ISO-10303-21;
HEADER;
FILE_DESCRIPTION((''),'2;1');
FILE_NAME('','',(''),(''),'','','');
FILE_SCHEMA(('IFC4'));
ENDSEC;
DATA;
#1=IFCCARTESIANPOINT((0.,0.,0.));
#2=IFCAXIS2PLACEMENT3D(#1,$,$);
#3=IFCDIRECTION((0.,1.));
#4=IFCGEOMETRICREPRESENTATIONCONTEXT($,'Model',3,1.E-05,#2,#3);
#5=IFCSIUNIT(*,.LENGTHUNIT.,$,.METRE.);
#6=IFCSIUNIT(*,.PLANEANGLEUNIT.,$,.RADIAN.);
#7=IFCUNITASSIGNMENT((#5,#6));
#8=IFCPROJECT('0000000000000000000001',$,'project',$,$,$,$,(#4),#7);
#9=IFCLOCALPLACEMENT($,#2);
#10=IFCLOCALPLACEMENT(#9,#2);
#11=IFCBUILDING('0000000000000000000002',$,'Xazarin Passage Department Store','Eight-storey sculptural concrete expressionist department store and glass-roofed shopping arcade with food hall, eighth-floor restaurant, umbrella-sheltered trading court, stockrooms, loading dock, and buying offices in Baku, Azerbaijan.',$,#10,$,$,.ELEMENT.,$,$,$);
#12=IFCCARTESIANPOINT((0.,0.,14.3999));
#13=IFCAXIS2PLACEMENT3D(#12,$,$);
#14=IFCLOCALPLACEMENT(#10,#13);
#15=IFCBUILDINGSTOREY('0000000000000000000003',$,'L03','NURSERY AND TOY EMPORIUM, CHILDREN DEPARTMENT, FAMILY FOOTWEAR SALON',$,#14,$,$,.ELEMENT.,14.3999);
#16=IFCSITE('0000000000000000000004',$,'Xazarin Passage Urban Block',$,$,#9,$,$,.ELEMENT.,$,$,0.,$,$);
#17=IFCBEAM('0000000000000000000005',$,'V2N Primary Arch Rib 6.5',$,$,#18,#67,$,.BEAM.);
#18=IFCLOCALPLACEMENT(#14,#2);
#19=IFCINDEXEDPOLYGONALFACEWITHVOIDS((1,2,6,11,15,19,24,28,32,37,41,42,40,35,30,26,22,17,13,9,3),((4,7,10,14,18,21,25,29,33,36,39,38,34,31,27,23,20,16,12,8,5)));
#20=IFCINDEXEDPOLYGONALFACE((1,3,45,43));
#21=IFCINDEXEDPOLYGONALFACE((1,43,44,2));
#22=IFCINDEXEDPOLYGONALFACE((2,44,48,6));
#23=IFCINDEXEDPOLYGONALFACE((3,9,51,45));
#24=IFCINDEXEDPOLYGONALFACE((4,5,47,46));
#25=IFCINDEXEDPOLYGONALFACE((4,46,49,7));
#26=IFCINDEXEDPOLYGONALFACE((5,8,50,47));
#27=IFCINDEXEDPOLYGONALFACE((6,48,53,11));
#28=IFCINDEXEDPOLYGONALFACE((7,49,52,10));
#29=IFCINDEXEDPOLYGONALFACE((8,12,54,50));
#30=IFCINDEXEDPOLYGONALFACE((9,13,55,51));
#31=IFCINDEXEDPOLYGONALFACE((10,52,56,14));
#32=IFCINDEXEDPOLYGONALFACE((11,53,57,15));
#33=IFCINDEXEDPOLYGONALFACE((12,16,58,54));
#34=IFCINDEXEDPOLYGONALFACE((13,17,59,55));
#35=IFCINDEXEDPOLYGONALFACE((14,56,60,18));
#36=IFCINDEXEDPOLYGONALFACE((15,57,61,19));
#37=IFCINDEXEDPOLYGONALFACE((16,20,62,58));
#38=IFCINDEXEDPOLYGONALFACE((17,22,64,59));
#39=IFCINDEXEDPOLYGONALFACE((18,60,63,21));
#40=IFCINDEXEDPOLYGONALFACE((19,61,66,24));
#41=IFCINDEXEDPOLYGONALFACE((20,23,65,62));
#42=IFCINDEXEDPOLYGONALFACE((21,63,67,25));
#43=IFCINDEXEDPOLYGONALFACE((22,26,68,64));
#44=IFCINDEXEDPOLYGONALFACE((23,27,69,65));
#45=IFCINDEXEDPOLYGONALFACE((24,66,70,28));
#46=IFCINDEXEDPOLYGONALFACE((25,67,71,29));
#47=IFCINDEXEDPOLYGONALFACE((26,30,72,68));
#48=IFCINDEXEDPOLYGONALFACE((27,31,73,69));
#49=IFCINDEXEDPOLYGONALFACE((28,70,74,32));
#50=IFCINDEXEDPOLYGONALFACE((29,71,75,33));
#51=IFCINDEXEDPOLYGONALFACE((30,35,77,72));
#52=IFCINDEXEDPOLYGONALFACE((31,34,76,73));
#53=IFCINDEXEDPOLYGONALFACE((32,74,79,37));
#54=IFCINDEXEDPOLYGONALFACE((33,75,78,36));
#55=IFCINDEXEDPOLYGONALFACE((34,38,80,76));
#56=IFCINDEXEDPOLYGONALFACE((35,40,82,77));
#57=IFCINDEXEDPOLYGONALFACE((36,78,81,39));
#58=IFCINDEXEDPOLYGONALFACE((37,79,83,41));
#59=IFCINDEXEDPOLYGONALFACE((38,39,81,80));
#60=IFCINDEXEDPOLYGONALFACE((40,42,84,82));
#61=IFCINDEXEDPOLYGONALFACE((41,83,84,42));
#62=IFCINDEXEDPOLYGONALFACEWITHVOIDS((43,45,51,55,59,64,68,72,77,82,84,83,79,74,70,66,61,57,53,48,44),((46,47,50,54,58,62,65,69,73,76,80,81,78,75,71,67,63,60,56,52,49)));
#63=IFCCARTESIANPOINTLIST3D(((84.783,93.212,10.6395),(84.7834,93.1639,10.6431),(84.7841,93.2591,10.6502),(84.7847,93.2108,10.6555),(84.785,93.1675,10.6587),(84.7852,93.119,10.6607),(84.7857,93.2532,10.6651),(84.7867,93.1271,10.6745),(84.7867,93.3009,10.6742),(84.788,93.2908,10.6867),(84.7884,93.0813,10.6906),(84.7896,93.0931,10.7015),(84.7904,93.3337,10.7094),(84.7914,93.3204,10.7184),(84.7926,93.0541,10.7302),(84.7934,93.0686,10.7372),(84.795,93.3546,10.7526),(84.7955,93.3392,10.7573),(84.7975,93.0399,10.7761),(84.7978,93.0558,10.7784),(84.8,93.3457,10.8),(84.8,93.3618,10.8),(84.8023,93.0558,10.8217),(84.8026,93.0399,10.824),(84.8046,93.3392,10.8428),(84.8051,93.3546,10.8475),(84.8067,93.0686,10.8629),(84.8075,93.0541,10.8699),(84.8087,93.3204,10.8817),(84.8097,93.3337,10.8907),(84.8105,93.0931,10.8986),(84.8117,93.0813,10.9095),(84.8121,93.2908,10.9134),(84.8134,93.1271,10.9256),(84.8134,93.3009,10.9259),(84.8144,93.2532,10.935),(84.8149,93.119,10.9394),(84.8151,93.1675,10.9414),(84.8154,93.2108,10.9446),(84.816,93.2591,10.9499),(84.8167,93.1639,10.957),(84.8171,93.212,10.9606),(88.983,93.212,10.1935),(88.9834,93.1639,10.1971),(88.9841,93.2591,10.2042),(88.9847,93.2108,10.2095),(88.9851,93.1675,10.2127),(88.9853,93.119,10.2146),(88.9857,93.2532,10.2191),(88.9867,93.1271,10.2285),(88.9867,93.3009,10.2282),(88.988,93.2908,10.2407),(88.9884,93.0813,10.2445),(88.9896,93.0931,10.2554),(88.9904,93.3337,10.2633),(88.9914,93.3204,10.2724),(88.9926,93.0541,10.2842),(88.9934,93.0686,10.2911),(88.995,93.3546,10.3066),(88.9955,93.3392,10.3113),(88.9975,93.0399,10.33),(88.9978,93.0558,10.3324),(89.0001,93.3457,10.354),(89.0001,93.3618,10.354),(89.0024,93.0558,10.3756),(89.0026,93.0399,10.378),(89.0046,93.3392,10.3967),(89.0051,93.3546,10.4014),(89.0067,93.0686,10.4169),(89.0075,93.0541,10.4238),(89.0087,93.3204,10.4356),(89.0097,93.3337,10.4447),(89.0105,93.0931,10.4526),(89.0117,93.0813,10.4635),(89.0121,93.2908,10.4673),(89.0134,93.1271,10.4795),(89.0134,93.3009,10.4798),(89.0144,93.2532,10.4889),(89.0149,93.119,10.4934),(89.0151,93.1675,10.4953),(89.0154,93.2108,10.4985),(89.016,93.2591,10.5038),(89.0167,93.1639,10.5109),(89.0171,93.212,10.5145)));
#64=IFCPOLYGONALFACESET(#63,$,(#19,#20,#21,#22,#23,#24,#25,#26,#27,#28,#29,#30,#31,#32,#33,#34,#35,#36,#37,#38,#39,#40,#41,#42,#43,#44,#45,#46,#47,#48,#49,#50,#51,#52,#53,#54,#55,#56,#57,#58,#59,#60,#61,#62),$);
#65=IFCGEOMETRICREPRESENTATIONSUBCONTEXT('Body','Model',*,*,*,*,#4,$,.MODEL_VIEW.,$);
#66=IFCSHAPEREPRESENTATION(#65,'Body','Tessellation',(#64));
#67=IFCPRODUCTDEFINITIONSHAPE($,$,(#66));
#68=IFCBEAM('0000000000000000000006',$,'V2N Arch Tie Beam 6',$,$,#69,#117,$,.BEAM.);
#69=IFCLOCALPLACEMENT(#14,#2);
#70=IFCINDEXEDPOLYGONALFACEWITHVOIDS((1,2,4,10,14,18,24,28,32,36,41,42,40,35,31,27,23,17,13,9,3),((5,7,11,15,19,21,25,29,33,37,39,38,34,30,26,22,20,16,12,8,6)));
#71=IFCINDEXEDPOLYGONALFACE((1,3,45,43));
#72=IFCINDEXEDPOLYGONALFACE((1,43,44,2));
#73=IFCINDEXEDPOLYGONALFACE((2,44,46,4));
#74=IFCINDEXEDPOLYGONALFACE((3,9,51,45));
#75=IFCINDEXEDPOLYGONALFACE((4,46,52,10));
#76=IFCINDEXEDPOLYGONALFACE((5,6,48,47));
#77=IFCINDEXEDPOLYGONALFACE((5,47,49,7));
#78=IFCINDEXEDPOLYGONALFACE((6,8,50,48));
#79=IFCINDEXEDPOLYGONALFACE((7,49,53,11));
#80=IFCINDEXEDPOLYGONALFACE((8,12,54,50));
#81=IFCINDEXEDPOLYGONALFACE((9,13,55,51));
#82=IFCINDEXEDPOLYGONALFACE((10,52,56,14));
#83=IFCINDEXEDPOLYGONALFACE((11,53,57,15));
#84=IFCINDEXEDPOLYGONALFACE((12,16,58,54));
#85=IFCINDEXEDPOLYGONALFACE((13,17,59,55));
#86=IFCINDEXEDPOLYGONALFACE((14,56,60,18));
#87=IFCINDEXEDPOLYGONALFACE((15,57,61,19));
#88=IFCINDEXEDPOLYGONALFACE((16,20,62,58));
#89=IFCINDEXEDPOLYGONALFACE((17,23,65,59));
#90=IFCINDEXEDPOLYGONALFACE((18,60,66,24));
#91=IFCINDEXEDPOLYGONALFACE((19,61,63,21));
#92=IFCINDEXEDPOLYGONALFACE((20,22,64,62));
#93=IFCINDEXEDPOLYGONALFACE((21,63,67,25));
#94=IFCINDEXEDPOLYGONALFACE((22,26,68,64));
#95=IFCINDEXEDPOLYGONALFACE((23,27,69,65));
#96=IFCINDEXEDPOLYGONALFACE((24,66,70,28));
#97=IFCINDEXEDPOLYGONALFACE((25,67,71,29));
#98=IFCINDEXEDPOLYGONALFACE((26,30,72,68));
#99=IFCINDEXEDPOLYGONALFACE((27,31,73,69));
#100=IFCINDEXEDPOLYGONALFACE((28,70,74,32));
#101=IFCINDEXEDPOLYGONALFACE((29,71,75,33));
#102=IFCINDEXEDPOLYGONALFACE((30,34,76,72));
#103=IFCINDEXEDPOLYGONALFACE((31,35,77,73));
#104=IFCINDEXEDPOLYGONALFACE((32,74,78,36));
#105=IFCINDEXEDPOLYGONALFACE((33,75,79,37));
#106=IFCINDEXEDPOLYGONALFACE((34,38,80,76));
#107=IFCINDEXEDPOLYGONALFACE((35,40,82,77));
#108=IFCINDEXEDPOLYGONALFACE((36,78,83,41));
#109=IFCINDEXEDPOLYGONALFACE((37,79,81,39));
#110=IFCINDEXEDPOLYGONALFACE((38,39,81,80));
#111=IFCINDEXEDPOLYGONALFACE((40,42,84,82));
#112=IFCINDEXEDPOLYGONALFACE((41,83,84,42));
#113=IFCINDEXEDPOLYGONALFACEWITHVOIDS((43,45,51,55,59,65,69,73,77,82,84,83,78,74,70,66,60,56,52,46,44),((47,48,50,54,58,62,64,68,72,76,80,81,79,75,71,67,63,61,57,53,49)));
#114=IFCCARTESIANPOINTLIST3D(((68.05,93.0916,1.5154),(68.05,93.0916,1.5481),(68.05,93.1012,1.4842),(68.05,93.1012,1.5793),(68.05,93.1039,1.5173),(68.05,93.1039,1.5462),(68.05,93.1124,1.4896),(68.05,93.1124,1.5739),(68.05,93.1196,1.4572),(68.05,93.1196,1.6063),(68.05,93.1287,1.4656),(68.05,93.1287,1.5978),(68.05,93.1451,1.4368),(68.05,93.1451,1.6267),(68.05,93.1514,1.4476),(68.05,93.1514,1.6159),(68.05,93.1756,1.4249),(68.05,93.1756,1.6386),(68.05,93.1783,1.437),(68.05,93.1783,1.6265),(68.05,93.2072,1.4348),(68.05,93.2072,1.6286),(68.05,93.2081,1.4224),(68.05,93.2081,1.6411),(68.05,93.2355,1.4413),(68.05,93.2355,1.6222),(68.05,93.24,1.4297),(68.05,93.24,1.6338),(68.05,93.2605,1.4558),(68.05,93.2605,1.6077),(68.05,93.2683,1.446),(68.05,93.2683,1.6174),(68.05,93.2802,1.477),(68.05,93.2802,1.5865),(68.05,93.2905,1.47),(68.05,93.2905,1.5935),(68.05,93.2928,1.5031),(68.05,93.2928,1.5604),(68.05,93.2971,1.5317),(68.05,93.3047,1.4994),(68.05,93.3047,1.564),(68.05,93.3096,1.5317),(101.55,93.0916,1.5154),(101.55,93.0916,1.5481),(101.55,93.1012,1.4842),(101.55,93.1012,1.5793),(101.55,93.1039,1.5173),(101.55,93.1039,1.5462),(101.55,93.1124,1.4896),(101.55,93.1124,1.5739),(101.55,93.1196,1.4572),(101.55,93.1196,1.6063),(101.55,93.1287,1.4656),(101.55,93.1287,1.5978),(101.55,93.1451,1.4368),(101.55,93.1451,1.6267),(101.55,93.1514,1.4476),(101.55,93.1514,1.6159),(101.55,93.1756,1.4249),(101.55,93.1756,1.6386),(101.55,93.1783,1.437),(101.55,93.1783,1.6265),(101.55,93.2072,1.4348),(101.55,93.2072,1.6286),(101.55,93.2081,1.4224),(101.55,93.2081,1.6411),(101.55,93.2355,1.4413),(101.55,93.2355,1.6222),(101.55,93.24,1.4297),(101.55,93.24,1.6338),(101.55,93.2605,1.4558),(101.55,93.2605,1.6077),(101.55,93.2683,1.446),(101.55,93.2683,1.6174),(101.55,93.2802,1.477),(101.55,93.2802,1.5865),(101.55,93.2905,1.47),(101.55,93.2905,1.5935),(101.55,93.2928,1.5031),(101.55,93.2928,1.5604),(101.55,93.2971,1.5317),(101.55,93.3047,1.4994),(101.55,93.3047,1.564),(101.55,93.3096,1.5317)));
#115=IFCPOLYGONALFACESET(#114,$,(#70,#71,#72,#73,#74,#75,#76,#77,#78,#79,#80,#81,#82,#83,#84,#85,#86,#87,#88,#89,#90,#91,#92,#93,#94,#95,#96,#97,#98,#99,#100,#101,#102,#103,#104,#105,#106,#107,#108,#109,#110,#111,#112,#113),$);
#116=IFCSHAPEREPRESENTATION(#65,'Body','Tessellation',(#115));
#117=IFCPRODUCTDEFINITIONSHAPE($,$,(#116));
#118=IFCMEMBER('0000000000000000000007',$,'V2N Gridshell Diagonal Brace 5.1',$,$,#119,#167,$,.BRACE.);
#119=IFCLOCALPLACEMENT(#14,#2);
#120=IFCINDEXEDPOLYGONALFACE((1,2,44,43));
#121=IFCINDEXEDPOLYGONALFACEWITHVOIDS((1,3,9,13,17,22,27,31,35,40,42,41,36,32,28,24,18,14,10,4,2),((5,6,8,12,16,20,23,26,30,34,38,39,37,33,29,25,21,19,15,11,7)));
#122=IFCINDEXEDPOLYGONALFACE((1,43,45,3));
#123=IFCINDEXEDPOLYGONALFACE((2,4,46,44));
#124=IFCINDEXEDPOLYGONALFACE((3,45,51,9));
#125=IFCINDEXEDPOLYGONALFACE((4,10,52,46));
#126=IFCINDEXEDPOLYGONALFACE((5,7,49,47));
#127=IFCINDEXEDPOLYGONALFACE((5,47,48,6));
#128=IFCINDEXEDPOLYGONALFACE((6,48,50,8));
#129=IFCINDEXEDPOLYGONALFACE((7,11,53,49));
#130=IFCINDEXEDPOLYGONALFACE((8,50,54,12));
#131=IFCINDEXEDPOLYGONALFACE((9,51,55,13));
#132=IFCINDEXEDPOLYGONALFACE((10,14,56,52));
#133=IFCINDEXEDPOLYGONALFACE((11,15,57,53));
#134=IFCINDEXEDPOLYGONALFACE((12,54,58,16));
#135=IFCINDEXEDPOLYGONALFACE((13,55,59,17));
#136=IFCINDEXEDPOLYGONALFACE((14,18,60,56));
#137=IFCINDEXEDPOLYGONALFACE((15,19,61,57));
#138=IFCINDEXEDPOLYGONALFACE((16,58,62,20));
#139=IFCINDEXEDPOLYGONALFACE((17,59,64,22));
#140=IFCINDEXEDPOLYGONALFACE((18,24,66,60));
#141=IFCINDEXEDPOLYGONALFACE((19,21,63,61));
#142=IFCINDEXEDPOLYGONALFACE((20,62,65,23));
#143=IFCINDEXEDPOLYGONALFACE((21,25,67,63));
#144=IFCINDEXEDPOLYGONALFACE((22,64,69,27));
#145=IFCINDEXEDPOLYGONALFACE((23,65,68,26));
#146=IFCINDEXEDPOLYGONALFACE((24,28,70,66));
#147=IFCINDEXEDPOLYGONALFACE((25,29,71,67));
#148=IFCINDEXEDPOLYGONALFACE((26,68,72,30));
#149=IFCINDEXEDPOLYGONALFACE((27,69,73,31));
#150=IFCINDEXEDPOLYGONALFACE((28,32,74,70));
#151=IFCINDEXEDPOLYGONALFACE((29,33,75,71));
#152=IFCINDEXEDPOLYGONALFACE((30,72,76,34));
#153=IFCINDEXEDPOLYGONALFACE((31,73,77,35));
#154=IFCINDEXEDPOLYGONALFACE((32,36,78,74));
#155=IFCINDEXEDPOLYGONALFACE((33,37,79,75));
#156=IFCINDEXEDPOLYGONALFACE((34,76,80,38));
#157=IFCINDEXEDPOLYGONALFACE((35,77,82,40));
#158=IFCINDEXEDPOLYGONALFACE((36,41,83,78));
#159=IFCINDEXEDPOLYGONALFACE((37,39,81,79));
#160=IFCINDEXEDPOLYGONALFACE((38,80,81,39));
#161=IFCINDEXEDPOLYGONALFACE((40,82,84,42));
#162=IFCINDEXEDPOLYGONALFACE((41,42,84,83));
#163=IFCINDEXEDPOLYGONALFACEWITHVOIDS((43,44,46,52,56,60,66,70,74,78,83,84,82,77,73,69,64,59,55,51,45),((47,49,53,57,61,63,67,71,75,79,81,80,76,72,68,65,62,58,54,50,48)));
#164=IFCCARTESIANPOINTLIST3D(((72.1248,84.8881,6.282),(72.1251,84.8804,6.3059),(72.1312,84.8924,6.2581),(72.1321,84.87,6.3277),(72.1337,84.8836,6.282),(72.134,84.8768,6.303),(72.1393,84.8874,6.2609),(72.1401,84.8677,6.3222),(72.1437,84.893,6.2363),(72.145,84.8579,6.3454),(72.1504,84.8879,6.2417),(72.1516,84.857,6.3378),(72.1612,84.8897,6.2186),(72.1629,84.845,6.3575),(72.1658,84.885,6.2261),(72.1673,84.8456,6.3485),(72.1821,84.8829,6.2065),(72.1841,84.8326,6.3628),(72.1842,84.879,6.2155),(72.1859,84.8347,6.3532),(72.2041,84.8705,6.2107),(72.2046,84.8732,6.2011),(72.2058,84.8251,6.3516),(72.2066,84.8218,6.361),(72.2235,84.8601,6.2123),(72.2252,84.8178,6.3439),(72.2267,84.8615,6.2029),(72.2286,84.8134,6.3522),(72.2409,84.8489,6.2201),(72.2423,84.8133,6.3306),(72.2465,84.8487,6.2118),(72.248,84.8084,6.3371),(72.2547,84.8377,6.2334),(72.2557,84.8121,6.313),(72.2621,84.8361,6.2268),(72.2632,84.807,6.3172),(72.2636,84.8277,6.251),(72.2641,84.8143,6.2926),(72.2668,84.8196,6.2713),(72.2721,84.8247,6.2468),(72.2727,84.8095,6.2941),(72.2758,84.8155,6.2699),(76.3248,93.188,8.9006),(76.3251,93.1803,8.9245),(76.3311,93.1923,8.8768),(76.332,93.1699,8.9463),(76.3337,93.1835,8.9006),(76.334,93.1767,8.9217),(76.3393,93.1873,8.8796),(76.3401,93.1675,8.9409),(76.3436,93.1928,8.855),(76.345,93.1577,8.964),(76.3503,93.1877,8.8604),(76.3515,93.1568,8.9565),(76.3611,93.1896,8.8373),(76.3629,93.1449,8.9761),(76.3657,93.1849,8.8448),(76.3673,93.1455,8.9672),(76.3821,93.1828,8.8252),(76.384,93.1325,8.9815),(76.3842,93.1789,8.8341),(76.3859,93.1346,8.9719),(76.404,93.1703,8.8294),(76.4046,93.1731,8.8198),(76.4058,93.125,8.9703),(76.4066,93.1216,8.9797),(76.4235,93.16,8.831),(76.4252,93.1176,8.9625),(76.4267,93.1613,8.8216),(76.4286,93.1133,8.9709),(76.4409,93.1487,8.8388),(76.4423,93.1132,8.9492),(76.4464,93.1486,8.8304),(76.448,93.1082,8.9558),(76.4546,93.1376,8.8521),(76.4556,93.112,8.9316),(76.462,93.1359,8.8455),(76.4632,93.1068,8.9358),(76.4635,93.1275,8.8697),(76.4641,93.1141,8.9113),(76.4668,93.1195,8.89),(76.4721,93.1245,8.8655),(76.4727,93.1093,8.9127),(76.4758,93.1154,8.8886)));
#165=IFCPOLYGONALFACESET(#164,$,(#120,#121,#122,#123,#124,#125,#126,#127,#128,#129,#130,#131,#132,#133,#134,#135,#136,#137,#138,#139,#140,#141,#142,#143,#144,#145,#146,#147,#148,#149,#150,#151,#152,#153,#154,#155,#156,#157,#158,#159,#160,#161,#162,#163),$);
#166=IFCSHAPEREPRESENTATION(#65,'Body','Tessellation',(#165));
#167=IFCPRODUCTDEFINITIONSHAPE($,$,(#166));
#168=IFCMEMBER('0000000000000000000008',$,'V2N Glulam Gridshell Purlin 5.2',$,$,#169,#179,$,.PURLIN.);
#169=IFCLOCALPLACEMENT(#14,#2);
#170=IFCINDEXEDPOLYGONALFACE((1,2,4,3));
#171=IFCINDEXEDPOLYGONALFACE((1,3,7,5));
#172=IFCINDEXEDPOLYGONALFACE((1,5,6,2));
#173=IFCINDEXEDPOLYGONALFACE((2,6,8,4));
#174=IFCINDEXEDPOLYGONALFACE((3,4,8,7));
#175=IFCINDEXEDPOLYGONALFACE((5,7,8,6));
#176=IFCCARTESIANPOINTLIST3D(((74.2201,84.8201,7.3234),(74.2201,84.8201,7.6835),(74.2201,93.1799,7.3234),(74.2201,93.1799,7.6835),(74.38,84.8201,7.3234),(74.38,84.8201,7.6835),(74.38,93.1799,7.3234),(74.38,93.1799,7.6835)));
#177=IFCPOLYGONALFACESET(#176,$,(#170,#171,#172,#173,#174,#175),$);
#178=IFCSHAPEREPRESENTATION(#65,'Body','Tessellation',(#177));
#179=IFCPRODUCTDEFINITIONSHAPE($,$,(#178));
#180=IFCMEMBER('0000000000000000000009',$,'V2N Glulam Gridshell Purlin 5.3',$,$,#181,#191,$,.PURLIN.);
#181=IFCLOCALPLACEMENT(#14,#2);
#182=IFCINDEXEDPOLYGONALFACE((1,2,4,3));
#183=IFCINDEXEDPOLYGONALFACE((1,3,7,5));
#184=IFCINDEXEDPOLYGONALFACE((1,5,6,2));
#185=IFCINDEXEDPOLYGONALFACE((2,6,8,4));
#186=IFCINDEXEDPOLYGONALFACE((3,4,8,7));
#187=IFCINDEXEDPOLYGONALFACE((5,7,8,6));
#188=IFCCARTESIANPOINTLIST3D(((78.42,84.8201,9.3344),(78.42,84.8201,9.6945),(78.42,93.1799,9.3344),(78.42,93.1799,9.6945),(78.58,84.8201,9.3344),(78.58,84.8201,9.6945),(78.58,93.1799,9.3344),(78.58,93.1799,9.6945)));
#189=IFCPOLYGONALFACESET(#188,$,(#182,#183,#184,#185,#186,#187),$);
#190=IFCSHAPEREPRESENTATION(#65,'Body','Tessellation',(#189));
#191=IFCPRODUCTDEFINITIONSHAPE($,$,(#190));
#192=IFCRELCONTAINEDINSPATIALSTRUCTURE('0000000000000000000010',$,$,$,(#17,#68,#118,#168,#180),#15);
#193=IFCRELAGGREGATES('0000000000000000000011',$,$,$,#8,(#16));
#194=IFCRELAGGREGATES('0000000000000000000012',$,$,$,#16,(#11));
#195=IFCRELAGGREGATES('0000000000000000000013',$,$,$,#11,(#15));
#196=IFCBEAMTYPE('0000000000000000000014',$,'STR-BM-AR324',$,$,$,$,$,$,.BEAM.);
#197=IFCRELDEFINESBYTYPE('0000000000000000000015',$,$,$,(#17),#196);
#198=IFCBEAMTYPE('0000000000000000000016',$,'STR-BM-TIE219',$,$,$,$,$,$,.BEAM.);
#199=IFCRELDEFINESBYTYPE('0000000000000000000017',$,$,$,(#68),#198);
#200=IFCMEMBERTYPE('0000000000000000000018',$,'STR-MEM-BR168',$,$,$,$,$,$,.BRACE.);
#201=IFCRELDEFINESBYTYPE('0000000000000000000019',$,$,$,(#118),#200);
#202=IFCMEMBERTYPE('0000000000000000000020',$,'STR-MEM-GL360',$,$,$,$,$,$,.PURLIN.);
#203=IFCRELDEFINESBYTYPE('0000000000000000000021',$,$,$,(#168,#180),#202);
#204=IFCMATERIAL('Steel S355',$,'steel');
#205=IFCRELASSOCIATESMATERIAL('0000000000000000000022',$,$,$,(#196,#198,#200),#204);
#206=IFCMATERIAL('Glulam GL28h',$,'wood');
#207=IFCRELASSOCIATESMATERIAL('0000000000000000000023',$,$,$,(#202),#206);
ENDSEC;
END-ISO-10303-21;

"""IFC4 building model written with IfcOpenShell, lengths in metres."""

from ifc_helpers import new_model, si_unit, direction, frame, origin, origin_2d, place, context, subcontext, project, spatial, rectangle, hollow_circle, extrude, material, material_profile, profile_set, type_object, element, save


model = new_model("IFC4")

# Units and contexts
model_context = context("Model", 3, precision=1e-05, world=origin(), true_north=direction((0.0, 1.0)))
body_context = subcontext(model_context, "Body", "Model", "MODEL_VIEW")
ifc_project = project(units=[si_unit("LENGTHUNIT", "METRE"), si_unit("PLANEANGLEUNIT", "RADIAN")], contexts=[model_context])

# Site, building, storey
site_placement = place(None, origin())
site = spatial("IfcSite", under=ifc_project, at=site_placement, Name="Xazarin Passage Urban Block", CompositionType="ELEMENT", RefElevation=0.0)
building_placement = place(site_placement, origin())
building = spatial("IfcBuilding", under=site, at=building_placement, Name="Xazarin Passage Department Store", Description="Eight-storey sculptural concrete expressionist department store and glass-roofed shopping arcade with food hall, eighth-floor restaurant, umbrella-sheltered trading court, stockrooms, loading dock, and buying offices in Baku, Azerbaijan.", CompositionType="ELEMENT")
storey_placement = place(building_placement, frame((0.0, 0.0, 14.3999)))
storey = spatial("IfcBuildingStorey", under=building, at=storey_placement, Name="L03", Description="NURSERY AND TOY EMPORIUM, CHILDREN DEPARTMENT, FAMILY FOOTWEAR SALON", CompositionType="ELEMENT", Elevation=14.3999)

# Beams
ifc_material_1 = material(Name="Steel S355", Category="steel")
ifc_material_profile_1 = material_profile(ifc_material_1, hollow_circle(Radius=0.1619, WallThickness=0.0161, at=origin_2d()), Name="CHS 323.9x16")
ifc_profile_set_1 = profile_set([ifc_material_profile_1], Name="Steel S355")
beam_type_1 = type_object("IfcBeamType", Name="STR-BM-AR324", PredefinedType="BEAM", material=ifc_profile_set_1)
for number, where, z_axis, x_axis, name in (
    (1, (84.8, 93.2, 10.8), (0.994408, 0.0, -0.105608), (0.0, 1.0, 0.0), "V2N Primary Arch Rib 6.5"),
):
    element("IfcBeam", number, at=place(storey_placement, frame(where, z_axis=z_axis, x_axis=x_axis)), inside=storey, type_object=beam_type_1, Name=name, PredefinedType="BEAM", context=body_context, shape_type="SweptSolid", body=[
        extrude(hollow_circle(Radius=0.1619, WallThickness=0.0161, at=origin_2d()), origin(), (0.0, 0.0, 1.0), 4.2236),
    ])
ifc_material_profile_2 = material_profile(ifc_material_1, hollow_circle(Radius=0.1096, WallThickness=0.0125, at=origin_2d()), Name="CHS 219.1x12.5")
ifc_profile_set_2 = profile_set([ifc_material_profile_2], Name="Steel S355")
beam_type_2 = type_object("IfcBeamType", Name="STR-BM-TIE219", PredefinedType="BEAM", material=ifc_profile_set_2)
beam_1_placement = place(storey_placement, frame((68.05, 93.2, 1.5317), z_axis=(1.0, 0.0, 0.0), x_axis=(0.0, 1.0, 0.0)))
element("IfcBeam", 2, at=beam_1_placement, inside=storey, type_object=beam_type_2, Name="V2N Arch Tie Beam 6", PredefinedType="BEAM", context=body_context, shape_type="SweptSolid", body=[
    extrude(hollow_circle(Radius=0.1096, WallThickness=0.0125, at=origin_2d()), origin(), (0.0, 0.0, 1.0), 33.5),
])

# Members
ifc_material_profile_3 = material_profile(ifc_material_1, hollow_circle(Radius=0.0842, WallThickness=0.01, at=origin_2d()), Name="CHS 168.3x10")
ifc_profile_set_3 = profile_set([ifc_material_profile_3], Name="Steel S355")
member_type_1 = type_object("IfcMemberType", Name="STR-MEM-BR168", PredefinedType="BRACE", material=ifc_profile_set_3)
member_placement = place(storey_placement, frame((72.2, 84.8501, 6.282), z_axis=(0.434619, 0.85888, 0.270983), x_axis=(-0.892265, 0.451513, 0.0)))
element("IfcMember", 3, at=member_placement, inside=storey, type_object=member_type_1, Name="V2N Gridshell Diagonal Brace 5.1", PredefinedType="BRACE", context=body_context, shape_type="SweptSolid", body=[
    extrude(hollow_circle(Radius=0.0842, WallThickness=0.01, at=origin_2d()), origin(), (0.0, 0.0, 1.0), 9.6636),
])
ifc_material_2 = material(Name="Glulam GL28h", Category="wood")
ifc_material_profile_4 = material_profile(ifc_material_2, rectangle(XDim=0.1599, YDim=0.3601, at=origin_2d()), Name="GL28h 160x360")
ifc_profile_set_4 = profile_set([ifc_material_profile_4], Name="Glulam GL28h")
member_type_2 = type_object("IfcMemberType", Name="STR-MEM-GL360", PredefinedType="PURLIN", material=ifc_profile_set_4)
for number, where, z_axis, x_axis, name in (
    (4, (74.3, 84.8201, 7.5034), (0.0, 1.0, 0.0), (-1.0, 0.0, 0.0), "V2N Glulam Gridshell Purlin 5.2"),
    (5, (78.5, 84.8201, 9.5144), (0.0, 1.0, 0.0), (-1.0, 0.0, 0.0), "V2N Glulam Gridshell Purlin 5.3"),
):
    element("IfcMember", number, at=place(storey_placement, frame(where, z_axis=z_axis, x_axis=x_axis)), inside=storey, type_object=member_type_2, Name=name, PredefinedType="PURLIN", context=body_context, shape_type="SweptSolid", body=[
        extrude(rectangle(XDim=0.1599, YDim=0.3601, at=origin_2d()), origin(), (0.0, 0.0, 1.0), 8.3599),
    ])

save(model, "model.ifc")
